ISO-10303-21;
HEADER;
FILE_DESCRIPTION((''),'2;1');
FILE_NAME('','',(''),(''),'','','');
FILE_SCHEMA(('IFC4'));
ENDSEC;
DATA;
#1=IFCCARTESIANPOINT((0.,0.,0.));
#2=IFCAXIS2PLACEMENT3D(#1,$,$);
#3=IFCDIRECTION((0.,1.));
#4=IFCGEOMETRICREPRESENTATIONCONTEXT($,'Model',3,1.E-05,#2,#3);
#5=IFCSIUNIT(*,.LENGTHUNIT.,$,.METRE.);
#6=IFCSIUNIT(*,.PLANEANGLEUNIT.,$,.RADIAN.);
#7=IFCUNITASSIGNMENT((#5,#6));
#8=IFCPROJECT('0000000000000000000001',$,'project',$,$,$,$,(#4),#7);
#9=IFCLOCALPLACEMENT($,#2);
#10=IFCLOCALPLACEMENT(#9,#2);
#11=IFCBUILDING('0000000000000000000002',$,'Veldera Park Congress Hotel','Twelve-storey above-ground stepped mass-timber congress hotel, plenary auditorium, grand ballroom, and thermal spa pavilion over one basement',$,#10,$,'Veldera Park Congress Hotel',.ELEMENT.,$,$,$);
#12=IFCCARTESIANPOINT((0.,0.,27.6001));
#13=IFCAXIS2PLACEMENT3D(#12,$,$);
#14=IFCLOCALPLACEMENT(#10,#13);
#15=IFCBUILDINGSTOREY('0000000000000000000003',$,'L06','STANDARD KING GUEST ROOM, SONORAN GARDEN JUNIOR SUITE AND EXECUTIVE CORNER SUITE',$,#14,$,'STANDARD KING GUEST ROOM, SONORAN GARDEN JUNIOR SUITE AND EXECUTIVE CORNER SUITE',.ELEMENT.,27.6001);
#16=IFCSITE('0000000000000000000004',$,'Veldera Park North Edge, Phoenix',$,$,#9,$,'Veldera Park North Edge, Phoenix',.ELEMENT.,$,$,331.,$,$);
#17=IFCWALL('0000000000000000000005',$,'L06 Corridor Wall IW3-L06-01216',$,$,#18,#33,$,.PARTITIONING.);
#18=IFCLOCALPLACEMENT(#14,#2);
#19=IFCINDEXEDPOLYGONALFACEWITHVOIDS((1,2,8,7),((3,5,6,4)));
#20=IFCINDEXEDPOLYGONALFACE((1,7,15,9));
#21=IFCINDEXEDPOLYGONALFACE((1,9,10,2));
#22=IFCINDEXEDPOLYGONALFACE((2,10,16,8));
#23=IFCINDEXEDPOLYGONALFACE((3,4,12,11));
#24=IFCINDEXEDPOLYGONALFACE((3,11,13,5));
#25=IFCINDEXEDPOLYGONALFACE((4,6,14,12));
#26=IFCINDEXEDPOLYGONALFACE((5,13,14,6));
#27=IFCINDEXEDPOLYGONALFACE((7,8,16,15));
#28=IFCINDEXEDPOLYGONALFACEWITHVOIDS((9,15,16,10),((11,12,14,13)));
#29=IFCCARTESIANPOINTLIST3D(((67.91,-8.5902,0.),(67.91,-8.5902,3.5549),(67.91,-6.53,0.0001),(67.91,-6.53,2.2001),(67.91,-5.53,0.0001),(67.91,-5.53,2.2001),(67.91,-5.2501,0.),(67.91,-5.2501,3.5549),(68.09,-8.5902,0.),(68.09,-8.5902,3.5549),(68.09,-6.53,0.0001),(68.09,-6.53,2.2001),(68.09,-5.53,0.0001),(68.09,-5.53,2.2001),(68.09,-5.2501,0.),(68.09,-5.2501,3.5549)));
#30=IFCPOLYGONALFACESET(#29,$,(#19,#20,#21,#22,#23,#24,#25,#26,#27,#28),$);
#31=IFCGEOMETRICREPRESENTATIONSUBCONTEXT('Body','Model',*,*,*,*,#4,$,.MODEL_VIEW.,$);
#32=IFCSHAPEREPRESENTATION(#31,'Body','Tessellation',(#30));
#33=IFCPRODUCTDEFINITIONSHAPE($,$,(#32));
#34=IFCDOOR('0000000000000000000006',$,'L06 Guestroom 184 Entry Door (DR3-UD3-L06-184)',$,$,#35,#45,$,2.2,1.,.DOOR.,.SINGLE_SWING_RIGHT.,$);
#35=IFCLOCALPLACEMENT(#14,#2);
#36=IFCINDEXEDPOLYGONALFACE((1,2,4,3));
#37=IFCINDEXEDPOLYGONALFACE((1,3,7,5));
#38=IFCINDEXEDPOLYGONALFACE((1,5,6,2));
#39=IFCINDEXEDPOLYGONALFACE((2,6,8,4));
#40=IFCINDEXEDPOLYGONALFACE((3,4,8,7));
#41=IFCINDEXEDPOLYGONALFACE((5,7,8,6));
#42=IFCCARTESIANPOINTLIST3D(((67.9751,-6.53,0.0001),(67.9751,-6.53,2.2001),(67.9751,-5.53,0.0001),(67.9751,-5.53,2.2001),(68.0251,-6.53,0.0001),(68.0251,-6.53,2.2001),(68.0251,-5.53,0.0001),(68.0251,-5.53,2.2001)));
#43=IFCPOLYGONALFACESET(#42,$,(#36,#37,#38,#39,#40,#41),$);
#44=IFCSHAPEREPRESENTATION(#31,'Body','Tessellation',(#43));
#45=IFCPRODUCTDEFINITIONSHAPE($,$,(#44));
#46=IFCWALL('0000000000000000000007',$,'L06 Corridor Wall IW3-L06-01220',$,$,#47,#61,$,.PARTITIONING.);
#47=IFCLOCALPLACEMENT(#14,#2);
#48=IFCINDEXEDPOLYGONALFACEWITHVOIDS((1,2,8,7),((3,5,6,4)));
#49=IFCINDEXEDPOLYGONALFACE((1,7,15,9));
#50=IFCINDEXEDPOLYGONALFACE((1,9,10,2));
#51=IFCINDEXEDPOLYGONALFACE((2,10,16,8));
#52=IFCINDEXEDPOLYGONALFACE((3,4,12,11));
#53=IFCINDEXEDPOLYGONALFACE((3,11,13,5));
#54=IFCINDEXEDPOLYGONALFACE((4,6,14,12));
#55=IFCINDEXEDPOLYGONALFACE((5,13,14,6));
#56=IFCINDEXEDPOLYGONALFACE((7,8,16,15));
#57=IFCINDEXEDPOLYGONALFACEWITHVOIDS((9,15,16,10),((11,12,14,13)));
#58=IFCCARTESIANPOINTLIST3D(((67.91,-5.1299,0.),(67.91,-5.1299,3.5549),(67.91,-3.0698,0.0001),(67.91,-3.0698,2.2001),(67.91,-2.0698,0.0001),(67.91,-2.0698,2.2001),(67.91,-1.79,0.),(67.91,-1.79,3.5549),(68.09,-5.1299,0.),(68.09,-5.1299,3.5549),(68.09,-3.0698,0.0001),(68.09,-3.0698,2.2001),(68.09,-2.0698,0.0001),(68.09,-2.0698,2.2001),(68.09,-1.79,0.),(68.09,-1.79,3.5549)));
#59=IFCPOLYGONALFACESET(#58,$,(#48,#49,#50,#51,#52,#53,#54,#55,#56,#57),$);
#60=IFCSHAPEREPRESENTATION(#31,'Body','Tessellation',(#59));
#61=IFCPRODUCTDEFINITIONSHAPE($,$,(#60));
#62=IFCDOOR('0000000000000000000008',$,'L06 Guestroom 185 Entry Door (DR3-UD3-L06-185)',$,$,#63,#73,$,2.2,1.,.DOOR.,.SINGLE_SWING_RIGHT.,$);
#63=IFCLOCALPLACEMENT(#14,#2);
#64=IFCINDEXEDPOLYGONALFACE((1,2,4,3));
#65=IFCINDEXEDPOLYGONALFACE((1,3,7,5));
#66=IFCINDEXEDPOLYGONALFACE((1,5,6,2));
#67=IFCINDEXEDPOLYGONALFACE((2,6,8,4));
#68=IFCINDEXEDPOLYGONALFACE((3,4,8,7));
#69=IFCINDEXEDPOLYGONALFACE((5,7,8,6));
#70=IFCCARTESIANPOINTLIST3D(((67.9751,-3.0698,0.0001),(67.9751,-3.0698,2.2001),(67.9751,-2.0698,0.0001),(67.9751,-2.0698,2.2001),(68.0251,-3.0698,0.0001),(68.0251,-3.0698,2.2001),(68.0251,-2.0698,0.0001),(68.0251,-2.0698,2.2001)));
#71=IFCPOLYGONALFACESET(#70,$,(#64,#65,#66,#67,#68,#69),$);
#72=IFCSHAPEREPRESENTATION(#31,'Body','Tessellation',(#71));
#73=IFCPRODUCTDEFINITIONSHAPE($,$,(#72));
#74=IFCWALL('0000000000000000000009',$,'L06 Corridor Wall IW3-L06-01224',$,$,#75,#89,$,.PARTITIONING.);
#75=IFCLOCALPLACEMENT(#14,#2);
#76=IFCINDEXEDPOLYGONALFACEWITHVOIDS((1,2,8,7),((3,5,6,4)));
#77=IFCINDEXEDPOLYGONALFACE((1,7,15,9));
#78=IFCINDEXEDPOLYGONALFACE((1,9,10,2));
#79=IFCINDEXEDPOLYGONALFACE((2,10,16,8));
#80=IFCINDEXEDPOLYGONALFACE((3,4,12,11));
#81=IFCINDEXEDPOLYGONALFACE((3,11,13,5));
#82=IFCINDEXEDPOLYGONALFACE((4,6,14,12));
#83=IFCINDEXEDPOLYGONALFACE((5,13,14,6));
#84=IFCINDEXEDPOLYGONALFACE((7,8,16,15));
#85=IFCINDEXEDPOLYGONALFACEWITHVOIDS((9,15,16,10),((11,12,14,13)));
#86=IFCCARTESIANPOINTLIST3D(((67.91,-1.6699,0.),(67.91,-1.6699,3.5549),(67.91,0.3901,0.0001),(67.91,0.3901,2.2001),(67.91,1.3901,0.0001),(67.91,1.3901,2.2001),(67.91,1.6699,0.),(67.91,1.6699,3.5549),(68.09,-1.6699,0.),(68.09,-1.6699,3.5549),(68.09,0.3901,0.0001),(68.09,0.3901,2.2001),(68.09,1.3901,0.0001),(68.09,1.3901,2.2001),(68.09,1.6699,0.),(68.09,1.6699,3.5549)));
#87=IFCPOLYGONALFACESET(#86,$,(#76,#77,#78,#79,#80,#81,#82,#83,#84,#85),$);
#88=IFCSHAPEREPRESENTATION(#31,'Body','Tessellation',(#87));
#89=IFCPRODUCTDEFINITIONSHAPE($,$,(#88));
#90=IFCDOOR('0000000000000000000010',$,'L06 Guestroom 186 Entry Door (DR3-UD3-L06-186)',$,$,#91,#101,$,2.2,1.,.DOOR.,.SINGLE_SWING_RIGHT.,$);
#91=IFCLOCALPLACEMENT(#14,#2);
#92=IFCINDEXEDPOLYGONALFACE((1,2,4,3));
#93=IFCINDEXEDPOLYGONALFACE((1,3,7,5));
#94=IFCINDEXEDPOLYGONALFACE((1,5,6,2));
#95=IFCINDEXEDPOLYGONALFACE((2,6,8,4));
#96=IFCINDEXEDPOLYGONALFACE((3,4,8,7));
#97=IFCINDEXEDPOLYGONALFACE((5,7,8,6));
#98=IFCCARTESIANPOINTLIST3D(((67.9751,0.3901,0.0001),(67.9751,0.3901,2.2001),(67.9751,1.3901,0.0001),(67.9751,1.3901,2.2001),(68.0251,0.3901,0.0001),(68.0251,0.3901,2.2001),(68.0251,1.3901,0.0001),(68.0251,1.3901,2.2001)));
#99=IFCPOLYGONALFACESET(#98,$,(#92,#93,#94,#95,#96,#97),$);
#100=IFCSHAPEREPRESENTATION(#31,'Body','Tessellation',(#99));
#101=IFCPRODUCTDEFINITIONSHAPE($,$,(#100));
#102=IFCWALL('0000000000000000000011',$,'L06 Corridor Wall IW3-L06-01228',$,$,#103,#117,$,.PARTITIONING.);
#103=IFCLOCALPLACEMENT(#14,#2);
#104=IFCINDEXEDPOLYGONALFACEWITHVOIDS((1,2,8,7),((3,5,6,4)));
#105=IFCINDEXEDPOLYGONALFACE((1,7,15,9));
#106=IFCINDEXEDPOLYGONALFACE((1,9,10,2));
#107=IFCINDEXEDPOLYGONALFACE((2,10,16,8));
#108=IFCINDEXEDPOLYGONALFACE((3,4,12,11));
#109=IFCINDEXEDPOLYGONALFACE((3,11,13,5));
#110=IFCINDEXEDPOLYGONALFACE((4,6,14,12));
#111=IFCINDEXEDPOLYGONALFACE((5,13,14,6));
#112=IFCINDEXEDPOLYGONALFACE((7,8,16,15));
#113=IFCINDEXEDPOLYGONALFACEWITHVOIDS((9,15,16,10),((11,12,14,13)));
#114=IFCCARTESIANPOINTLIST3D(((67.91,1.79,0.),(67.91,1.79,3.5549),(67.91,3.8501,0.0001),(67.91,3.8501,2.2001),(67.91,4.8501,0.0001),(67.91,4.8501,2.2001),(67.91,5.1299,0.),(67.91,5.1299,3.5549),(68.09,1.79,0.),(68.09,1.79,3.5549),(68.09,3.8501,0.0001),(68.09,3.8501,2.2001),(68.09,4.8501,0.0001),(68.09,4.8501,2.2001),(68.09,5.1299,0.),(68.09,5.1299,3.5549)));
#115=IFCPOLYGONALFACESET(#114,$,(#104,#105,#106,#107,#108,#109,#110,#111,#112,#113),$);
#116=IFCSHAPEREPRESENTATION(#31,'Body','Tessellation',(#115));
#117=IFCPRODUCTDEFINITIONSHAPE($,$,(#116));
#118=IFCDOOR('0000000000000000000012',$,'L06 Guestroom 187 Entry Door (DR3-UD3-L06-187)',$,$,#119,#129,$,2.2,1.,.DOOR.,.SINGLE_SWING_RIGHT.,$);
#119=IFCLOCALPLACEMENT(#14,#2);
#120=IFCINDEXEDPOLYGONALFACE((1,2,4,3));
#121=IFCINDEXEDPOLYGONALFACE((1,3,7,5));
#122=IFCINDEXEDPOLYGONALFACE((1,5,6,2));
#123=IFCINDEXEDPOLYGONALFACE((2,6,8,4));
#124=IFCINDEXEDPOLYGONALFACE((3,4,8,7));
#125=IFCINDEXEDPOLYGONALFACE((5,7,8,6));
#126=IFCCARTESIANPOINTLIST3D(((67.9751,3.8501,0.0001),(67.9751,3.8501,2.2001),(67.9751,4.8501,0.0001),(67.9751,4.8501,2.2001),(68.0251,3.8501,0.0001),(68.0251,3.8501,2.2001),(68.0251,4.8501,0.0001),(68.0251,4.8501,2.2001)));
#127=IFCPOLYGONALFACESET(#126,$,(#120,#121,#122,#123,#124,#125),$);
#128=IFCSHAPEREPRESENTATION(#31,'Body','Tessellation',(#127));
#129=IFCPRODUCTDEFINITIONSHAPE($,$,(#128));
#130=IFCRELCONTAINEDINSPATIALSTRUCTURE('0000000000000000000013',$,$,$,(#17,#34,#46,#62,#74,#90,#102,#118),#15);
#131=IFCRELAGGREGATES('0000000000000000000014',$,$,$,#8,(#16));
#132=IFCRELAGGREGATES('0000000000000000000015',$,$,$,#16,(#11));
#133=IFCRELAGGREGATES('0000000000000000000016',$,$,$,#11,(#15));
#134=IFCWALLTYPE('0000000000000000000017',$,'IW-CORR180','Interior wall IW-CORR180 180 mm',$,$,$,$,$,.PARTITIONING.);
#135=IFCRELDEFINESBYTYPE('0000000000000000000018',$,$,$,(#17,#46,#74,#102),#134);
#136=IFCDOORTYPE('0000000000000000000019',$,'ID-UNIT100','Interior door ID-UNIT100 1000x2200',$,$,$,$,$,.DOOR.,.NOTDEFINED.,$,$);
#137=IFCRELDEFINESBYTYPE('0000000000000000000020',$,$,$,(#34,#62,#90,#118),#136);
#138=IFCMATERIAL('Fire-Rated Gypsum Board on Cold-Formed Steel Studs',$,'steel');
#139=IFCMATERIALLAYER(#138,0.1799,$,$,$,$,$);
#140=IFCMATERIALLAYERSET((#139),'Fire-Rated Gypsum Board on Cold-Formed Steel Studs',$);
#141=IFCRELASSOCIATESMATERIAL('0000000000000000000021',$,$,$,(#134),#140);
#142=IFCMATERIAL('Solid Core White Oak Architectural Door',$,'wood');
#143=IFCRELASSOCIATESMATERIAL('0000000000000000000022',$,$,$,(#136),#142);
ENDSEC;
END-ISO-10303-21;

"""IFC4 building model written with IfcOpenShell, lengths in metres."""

from ifc_helpers import new_model, si_unit, direction, frame, frame_2d, origin, place, context, subcontext, project, spatial, rectangle, extrude, material, layer, layer_set, type_object, element, fill, save


model = new_model("IFC4")

# Units and contexts
model_context = context("Model", 3, precision=1e-05, world=origin(), true_north=direction((0.0, 1.0)))
body_context = subcontext(model_context, "Body", "Model", "MODEL_VIEW")
ifc_project = project(units=[si_unit("LENGTHUNIT", "METRE"), si_unit("PLANEANGLEUNIT", "RADIAN")], contexts=[model_context])

# Site, building, storey
site_placement = place(None, origin())
site = spatial("IfcSite", under=ifc_project, at=site_placement, Name="Veldera Park North Edge, Phoenix", LongName="Veldera Park North Edge, Phoenix", CompositionType="ELEMENT", RefElevation=331.0)
building_placement = place(site_placement, origin())
building = spatial("IfcBuilding", under=site, at=building_placement, Name="Veldera Park Congress Hotel", Description="Twelve-storey above-ground stepped mass-timber congress hotel, plenary auditorium, grand ballroom, and thermal spa pavilion over one basement", LongName="Veldera Park Congress Hotel", CompositionType="ELEMENT")
storey_placement = place(building_placement, frame((0.0, 0.0, 27.6001)))
storey = spatial("IfcBuildingStorey", under=building, at=storey_placement, Name="L06", Description="STANDARD KING GUEST ROOM, SONORAN GARDEN JUNIOR SUITE AND EXECUTIVE CORNER SUITE", LongName="STANDARD KING GUEST ROOM, SONORAN GARDEN JUNIOR SUITE AND EXECUTIVE CORNER SUITE", CompositionType="ELEMENT", Elevation=27.6001)

# Shared definitions
ifc_material_1 = material(Name="Fire-Rated Gypsum Board on Cold-Formed Steel Studs", Category="steel")

# Shared definitions
ifc_material_2 = material(Name="Solid Core White Oak Architectural Door", Category="wood")

# Walls, openings, doors
ifc_layer_1 = layer(ifc_material_1, 0.1799)
ifc_layer_set_1 = layer_set([ifc_layer_1], Name="Fire-Rated Gypsum Board on Cold-Formed Steel Studs")
wall_type_1 = type_object("IfcWallType", Name="IW-CORR180", Description="Interior wall IW-CORR180 180 mm", PredefinedType="PARTITIONING", material=ifc_layer_set_1)
wall_1_placement = place(storey_placement, frame((68.0, -8.5901, 0.0), z_axis=(0.0, 0.0, 1.0), x_axis=(0.0, 1.0, 0.0)))
wall_1 = element("IfcWall", 1, at=wall_1_placement, inside=storey, type_object=wall_type_1, Name="L06 Corridor Wall IW3-L06-01216", PredefinedType="PARTITIONING", context=body_context, shape_type="SweptSolid", body=[
    extrude(rectangle(XDim=3.3401, YDim=0.1799, at=frame_2d((1.6699, 0.0))), origin(), (0.0, 0.0, 1.0), 3.5549),
])
opening_1_placement = place(wall_1_placement, frame((2.0601, 0.0, 0.0)))
opening_1 = element("IfcOpeningElement", 2, at=opening_1_placement, cuts=wall_1, PredefinedType="OPENING", context=body_context, shape_type="SweptSolid", body=[
    extrude(rectangle(XDim=1.0, YDim=2.2, at=frame_2d((0.5, 1.1001))), frame((0.0, 0.1021, 0.0), z_axis=(0.0, -1.0, 0.0), x_axis=(1.0, 0.0, 0.0)), (0.0, 0.0, 1.0), 0.2039),
])
door_type_1 = type_object("IfcDoorType", Name="ID-UNIT100", Description="Interior door ID-UNIT100 1000x2200", OperationType="NOTDEFINED", PredefinedType="DOOR", material=ifc_material_2)
door_1_placement = place(opening_1_placement, origin())
door_1 = element("IfcDoor", 3, at=door_1_placement, inside=storey, type_object=door_type_1, Name="L06 Guestroom 184 Entry Door (DR3-UD3-L06-184)", OperationType="SINGLE_SWING_RIGHT", OverallHeight=2.2, OverallWidth=1.0, PredefinedType="DOOR", context=body_context, shape_type="SweptSolid", body=[
    extrude(rectangle(XDim=1.0, YDim=2.2, at=frame_2d((0.5, 1.1001))), frame((0.0, 0.0249, 0.0), z_axis=(0.0, -1.0, 0.0), x_axis=(1.0, 0.0, 0.0)), (0.0, 0.0, 1.0), 0.05),
])
fill(opening_1, door_1)
wall_2_placement = place(storey_placement, frame((68.0, -5.1299, 0.0), z_axis=(0.0, 0.0, 1.0), x_axis=(0.0, 1.0, 0.0)))
wall_2 = element("IfcWall", 4, at=wall_2_placement, inside=storey, type_object=wall_type_1, Name="L06 Corridor Wall IW3-L06-01220", PredefinedType="PARTITIONING", context=body_context, shape_type="SweptSolid", body=[
    extrude(rectangle(XDim=3.3398, YDim=0.1799, at=frame_2d((1.6699, 0.0))), origin(), (0.0, 0.0, 1.0), 3.5549),
])
opening_2_placement = place(wall_2_placement, frame((2.0601, 0.0, 0.0)))
opening_2 = element("IfcOpeningElement", 5, at=opening_2_placement, cuts=wall_2, PredefinedType="OPENING", context=body_context, shape_type="SweptSolid", body=[
    extrude(rectangle(XDim=1.0, YDim=2.2, at=frame_2d((0.5, 1.1001))), frame((0.0, 0.1021, 0.0), z_axis=(0.0, -1.0, 0.0), x_axis=(1.0, 0.0, 0.0)), (0.0, 0.0, 1.0), 0.2039),
])
door_2_placement = place(opening_2_placement, origin())
door_2 = element("IfcDoor", 6, at=door_2_placement, inside=storey, type_object=door_type_1, Name="L06 Guestroom 185 Entry Door (DR3-UD3-L06-185)", OperationType="SINGLE_SWING_RIGHT", OverallHeight=2.2, OverallWidth=1.0, PredefinedType="DOOR", context=body_context, shape_type="SweptSolid", body=[
    extrude(rectangle(XDim=1.0, YDim=2.2, at=frame_2d((0.5, 1.1001))), frame((0.0, 0.0249, 0.0), z_axis=(0.0, -1.0, 0.0), x_axis=(1.0, 0.0, 0.0)), (0.0, 0.0, 1.0), 0.05),
])
fill(opening_2, door_2)
wall_3_placement = place(storey_placement, frame((68.0, -1.6699, 0.0), z_axis=(0.0, 0.0, 1.0), x_axis=(0.0, 1.0, 0.0)))
wall_3 = element("IfcWall", 7, at=wall_3_placement, inside=storey, type_object=wall_type_1, Name="L06 Corridor Wall IW3-L06-01224", PredefinedType="PARTITIONING", context=body_context, shape_type="SweptSolid", body=[
    extrude(rectangle(XDim=3.3398, YDim=0.1799, at=frame_2d((1.6699, 0.0))), origin(), (0.0, 0.0, 1.0), 3.5549),
])
opening_3_placement = place(wall_3_placement, frame((2.0601, 0.0, 0.0)))
opening_3 = element("IfcOpeningElement", 8, at=opening_3_placement, cuts=wall_3, PredefinedType="OPENING", context=body_context, shape_type="SweptSolid", body=[
    extrude(rectangle(XDim=1.0, YDim=2.2, at=frame_2d((0.5, 1.1001))), frame((0.0, 0.1021, 0.0), z_axis=(0.0, -1.0, 0.0), x_axis=(1.0, 0.0, 0.0)), (0.0, 0.0, 1.0), 0.2039),
])
door_3_placement = place(opening_3_placement, origin())
door_3 = element("IfcDoor", 9, at=door_3_placement, inside=storey, type_object=door_type_1, Name="L06 Guestroom 186 Entry Door (DR3-UD3-L06-186)", OperationType="SINGLE_SWING_RIGHT", OverallHeight=2.2, OverallWidth=1.0, PredefinedType="DOOR", context=body_context, shape_type="SweptSolid", body=[
    extrude(rectangle(XDim=1.0, YDim=2.2, at=frame_2d((0.5, 1.1001))), frame((0.0, 0.0249, 0.0), z_axis=(0.0, -1.0, 0.0), x_axis=(1.0, 0.0, 0.0)), (0.0, 0.0, 1.0), 0.05),
])
fill(opening_3, door_3)
wall_4_placement = place(storey_placement, frame((68.0, 1.79, 0.0), z_axis=(0.0, 0.0, 1.0), x_axis=(0.0, 1.0, 0.0)))
wall_4 = element("IfcWall", 10, at=wall_4_placement, inside=storey, type_object=wall_type_1, Name="L06 Corridor Wall IW3-L06-01228", PredefinedType="PARTITIONING", context=body_context, shape_type="SweptSolid", body=[
    extrude(rectangle(XDim=3.3398, YDim=0.1799, at=frame_2d((1.6699, 0.0))), origin(), (0.0, 0.0, 1.0), 3.5549),
])
opening_4_placement = place(wall_4_placement, frame((2.0601, 0.0, 0.0)))
opening_4 = element("IfcOpeningElement", 11, at=opening_4_placement, cuts=wall_4, PredefinedType="OPENING", context=body_context, shape_type="SweptSolid", body=[
    extrude(rectangle(XDim=1.0, YDim=2.2, at=frame_2d((0.5, 1.1001))), frame((0.0, 0.1021, 0.0), z_axis=(0.0, -1.0, 0.0), x_axis=(1.0, 0.0, 0.0)), (0.0, 0.0, 1.0), 0.2039),
])
door_4_placement = place(opening_4_placement, origin())
door_4 = element("IfcDoor", 12, at=door_4_placement, inside=storey, type_object=door_type_1, Name="L06 Guestroom 187 Entry Door (DR3-UD3-L06-187)", OperationType="SINGLE_SWING_RIGHT", OverallHeight=2.2, OverallWidth=1.0, PredefinedType="DOOR", context=body_context, shape_type="SweptSolid", body=[
    extrude(rectangle(XDim=1.0, YDim=2.2, at=frame_2d((0.5, 1.1001))), frame((0.0, 0.0249, 0.0), z_axis=(0.0, -1.0, 0.0), x_axis=(1.0, 0.0, 0.0)), (0.0, 0.0, 1.0), 0.05),
])
fill(opening_4, door_4)

save(model, "model.ifc")
